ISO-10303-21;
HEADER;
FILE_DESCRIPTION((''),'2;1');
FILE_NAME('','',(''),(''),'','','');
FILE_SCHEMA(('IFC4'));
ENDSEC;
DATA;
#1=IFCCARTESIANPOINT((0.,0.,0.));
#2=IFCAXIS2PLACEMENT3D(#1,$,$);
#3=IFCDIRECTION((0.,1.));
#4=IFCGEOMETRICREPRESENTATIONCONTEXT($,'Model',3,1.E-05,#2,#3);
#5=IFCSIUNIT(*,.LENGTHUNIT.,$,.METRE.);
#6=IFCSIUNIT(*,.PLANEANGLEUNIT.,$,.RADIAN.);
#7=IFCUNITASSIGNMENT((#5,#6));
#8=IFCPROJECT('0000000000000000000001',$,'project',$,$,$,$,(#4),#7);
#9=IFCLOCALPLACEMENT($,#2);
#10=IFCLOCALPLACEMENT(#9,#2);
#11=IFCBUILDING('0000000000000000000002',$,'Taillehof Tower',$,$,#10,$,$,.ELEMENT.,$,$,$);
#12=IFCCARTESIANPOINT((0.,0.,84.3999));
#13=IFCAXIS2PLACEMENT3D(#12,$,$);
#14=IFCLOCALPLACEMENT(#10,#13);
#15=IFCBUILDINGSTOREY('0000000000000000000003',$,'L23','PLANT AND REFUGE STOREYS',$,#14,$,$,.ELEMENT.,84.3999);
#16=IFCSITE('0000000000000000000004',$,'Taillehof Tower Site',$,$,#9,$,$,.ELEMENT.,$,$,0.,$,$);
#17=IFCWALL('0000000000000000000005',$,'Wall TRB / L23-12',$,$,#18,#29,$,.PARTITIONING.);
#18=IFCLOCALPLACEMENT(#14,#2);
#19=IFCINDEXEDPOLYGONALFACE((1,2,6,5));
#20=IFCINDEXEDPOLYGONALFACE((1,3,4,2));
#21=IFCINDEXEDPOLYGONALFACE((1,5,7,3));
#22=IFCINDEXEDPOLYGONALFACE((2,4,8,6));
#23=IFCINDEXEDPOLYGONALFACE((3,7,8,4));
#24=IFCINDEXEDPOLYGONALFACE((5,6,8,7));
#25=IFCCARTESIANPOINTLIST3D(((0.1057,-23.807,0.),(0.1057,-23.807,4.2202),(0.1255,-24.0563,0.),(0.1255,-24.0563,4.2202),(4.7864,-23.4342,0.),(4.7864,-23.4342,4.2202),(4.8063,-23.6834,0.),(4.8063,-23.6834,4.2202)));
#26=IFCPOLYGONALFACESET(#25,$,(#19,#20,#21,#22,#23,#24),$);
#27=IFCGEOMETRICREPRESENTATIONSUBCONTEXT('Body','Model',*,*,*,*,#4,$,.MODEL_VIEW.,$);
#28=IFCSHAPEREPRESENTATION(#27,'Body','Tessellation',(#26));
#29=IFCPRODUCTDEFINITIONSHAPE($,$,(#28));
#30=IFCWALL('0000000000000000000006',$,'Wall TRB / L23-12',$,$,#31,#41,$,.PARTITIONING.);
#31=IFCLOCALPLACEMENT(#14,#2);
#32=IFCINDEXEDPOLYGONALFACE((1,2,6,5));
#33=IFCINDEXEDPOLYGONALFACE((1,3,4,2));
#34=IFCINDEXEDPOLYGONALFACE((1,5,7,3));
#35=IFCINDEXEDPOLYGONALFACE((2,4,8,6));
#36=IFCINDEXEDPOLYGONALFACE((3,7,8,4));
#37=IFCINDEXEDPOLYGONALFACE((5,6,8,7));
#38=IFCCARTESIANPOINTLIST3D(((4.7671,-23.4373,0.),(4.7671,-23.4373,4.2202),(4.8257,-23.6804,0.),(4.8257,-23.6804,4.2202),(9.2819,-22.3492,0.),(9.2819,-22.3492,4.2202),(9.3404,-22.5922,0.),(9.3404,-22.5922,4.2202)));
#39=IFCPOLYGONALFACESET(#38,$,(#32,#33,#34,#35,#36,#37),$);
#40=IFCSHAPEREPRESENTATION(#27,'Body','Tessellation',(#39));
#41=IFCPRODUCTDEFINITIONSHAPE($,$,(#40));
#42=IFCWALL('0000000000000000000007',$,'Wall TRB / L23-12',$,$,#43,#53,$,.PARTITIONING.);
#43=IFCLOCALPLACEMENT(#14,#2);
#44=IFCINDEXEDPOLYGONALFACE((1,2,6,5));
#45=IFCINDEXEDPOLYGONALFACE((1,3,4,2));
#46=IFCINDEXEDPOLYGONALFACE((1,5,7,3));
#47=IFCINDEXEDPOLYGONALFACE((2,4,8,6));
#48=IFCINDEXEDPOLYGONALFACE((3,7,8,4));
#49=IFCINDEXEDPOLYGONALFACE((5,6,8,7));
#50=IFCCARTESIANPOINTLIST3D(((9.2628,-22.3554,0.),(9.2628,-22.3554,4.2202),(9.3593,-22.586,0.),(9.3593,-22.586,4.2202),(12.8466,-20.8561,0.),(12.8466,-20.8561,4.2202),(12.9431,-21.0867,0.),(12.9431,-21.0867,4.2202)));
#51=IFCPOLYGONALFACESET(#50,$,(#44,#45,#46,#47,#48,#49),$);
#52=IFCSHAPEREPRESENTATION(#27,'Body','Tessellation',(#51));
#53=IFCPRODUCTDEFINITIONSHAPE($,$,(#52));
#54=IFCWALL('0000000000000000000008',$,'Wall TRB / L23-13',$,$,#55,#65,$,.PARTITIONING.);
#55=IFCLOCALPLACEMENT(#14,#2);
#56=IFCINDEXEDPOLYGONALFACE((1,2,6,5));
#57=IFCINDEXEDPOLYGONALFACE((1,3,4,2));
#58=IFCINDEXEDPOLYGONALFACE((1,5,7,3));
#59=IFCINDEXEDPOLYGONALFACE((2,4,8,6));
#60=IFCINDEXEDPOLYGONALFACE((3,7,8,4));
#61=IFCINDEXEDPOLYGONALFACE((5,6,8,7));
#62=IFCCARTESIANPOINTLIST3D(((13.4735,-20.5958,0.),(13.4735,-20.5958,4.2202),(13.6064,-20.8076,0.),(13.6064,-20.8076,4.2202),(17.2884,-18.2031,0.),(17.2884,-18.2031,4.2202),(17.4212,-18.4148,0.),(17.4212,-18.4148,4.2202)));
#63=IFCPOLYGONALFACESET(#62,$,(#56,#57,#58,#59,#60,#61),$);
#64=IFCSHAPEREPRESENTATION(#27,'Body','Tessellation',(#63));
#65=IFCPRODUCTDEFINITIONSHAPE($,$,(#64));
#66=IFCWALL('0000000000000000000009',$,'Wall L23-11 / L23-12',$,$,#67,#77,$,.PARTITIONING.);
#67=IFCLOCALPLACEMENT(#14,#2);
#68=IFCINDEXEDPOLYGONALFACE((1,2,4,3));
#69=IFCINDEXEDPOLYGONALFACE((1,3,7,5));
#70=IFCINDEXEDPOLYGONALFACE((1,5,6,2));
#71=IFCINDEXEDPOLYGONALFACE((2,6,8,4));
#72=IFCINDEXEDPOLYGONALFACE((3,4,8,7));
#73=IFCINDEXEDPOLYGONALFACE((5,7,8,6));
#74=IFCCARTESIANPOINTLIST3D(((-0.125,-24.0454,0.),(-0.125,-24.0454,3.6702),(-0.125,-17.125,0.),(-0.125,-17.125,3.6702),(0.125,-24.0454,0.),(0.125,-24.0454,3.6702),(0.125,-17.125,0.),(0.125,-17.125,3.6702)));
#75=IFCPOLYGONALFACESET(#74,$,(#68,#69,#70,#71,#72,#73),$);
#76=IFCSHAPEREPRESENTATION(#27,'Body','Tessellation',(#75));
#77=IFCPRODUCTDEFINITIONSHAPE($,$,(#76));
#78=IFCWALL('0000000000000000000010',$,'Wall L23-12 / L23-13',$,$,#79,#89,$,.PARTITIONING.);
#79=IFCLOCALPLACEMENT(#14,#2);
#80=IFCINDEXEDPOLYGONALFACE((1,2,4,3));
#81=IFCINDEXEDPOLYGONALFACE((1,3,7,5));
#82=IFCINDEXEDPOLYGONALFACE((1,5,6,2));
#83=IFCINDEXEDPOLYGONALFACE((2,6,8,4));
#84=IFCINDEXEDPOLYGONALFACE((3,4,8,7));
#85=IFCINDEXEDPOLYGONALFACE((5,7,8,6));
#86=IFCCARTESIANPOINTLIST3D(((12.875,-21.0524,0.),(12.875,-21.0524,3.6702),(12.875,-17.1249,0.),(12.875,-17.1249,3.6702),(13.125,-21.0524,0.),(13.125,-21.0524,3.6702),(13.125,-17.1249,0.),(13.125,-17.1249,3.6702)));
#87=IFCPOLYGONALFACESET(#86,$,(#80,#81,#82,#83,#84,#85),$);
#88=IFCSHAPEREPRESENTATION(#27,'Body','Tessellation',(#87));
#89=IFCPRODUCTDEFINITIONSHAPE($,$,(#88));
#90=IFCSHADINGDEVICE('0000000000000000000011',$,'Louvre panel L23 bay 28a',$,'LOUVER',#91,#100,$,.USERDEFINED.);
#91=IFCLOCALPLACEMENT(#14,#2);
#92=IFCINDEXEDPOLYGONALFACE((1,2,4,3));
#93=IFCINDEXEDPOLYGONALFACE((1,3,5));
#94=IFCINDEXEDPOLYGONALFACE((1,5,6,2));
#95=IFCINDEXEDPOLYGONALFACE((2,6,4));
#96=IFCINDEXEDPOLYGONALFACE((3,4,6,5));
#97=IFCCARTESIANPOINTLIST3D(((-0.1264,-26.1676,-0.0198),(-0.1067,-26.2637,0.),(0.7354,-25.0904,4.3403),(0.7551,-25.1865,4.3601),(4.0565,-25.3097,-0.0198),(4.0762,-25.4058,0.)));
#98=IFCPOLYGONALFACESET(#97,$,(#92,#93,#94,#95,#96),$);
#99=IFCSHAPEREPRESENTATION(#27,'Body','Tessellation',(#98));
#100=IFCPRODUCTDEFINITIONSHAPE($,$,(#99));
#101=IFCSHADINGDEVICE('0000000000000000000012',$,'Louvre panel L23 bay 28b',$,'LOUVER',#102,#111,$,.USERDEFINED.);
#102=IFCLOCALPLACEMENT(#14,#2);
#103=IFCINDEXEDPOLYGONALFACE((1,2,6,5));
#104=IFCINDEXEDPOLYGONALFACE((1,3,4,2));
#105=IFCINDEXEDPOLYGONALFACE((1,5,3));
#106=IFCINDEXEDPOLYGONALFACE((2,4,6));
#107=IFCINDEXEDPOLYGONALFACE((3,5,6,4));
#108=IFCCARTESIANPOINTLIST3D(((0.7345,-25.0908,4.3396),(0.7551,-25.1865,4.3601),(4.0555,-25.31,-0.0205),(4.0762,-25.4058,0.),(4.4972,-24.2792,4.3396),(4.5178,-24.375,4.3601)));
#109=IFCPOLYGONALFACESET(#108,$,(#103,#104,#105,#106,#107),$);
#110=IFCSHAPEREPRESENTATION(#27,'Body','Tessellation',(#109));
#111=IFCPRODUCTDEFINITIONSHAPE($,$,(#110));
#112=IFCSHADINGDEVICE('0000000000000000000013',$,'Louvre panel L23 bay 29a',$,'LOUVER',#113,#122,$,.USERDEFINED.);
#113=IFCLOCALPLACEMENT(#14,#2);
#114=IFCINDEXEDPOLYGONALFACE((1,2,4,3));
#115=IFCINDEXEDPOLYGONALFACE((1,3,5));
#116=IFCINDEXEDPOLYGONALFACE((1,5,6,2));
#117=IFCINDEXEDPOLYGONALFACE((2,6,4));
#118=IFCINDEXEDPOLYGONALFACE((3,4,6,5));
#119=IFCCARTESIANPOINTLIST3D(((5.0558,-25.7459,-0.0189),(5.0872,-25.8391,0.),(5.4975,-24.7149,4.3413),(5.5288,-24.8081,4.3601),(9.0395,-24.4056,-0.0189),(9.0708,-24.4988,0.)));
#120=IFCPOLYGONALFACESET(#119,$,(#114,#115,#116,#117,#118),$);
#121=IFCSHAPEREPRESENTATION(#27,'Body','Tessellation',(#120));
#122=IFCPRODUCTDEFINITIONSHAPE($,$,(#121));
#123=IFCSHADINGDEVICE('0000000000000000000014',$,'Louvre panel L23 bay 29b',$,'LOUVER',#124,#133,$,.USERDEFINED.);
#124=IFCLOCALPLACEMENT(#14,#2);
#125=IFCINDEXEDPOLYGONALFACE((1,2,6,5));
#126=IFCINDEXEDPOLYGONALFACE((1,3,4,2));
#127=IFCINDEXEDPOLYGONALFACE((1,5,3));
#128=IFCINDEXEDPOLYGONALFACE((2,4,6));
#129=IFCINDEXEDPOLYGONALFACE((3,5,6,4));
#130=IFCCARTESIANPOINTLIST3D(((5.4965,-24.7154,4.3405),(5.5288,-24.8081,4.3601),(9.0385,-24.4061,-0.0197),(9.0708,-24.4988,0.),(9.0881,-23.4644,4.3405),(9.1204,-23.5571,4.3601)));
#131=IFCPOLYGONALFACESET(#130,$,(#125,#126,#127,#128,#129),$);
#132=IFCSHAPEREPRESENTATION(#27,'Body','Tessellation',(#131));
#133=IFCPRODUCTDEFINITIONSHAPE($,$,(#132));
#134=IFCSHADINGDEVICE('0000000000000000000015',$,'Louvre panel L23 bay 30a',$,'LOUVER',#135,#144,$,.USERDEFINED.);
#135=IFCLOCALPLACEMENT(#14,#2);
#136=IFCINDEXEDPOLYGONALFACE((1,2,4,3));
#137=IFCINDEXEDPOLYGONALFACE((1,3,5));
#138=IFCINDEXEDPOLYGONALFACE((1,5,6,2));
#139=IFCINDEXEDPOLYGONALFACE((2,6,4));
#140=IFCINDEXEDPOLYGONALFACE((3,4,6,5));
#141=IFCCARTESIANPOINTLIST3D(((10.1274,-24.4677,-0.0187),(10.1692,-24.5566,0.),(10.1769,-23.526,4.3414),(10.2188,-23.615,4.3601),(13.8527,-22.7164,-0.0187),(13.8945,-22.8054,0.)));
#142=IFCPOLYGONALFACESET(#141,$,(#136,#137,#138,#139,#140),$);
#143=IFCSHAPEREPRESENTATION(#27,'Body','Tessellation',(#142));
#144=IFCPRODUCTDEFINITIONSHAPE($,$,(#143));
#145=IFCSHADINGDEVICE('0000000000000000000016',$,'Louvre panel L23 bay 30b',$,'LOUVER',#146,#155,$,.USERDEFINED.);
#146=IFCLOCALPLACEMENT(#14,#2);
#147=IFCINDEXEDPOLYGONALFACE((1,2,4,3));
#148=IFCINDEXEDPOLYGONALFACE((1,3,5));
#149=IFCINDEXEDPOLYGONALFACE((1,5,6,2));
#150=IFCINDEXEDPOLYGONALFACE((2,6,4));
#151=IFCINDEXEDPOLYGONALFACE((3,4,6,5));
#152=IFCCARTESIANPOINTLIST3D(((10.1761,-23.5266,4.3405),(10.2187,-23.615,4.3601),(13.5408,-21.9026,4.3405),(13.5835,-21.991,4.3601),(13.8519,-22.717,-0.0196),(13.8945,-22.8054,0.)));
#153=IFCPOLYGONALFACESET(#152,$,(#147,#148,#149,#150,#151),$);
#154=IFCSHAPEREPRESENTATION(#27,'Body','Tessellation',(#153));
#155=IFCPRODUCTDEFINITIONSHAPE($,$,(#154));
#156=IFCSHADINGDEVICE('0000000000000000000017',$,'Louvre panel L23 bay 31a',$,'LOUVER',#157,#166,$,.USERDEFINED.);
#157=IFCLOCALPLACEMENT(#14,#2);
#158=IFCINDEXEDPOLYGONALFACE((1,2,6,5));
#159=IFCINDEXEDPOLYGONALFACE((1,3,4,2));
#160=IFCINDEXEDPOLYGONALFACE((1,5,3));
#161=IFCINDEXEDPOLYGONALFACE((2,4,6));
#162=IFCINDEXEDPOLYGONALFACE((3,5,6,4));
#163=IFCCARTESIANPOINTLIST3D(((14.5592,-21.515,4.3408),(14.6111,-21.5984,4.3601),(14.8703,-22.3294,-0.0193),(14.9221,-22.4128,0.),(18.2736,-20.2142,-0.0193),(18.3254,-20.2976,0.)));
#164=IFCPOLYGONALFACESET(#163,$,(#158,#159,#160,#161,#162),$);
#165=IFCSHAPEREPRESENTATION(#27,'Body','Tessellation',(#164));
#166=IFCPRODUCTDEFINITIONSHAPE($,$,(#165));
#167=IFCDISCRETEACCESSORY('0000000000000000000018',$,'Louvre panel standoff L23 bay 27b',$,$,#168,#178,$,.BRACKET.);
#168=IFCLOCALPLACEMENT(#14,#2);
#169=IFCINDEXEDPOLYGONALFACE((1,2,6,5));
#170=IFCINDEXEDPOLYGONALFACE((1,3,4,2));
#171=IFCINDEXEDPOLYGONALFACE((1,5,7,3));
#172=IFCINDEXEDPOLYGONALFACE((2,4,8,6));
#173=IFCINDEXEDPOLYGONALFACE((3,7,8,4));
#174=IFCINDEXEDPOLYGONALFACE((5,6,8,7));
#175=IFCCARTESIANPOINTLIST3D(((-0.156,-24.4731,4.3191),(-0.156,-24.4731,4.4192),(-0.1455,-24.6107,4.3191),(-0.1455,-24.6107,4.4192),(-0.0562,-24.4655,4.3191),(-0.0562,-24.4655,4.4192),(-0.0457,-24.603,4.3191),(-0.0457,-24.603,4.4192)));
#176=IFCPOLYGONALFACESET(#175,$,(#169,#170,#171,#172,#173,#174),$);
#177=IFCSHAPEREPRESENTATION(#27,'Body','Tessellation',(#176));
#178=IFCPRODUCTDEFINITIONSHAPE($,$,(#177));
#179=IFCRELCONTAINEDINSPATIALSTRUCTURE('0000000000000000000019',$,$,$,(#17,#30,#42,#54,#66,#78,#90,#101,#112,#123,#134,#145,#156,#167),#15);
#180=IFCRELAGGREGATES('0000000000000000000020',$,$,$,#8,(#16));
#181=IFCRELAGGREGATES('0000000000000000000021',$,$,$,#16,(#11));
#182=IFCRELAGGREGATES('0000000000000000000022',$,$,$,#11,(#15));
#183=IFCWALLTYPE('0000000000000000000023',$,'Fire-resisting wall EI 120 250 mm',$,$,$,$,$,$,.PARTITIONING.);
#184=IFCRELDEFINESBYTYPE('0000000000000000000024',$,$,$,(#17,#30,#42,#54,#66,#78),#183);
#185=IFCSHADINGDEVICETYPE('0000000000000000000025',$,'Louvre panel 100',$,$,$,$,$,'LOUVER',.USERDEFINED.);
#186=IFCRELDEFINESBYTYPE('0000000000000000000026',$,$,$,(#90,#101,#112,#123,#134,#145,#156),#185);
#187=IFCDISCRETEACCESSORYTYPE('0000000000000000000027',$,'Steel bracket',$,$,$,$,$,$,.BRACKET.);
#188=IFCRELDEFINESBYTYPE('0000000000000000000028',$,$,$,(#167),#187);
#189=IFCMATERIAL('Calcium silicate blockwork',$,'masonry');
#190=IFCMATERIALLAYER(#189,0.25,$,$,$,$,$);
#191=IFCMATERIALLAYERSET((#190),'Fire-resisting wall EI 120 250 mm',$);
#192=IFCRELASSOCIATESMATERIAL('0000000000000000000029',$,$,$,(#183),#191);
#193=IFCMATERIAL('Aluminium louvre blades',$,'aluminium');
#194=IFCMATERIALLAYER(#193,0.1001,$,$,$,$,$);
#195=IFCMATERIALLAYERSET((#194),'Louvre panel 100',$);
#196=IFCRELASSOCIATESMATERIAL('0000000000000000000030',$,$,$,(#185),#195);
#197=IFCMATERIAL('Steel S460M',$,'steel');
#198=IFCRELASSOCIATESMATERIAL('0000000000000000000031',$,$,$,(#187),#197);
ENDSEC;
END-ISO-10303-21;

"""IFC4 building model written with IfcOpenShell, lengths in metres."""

from ifc_helpers import new_model, si_unit, direction, frame, frame_2d, origin, origin_2d, place, context, subcontext, project, spatial, polyline, rectangle, outline, extrude, material, layer, layer_set, type_object, element, save


model = new_model("IFC4")

# Units and contexts
model_context = context("Model", 3, precision=1e-05, world=origin(), true_north=direction((0.0, 1.0)))
body_context = subcontext(model_context, "Body", "Model", "MODEL_VIEW")
ifc_project = project(units=[si_unit("LENGTHUNIT", "METRE"), si_unit("PLANEANGLEUNIT", "RADIAN")], contexts=[model_context])

# Site, building, storey
site_placement = place(None, origin())
site = spatial("IfcSite", under=ifc_project, at=site_placement, Name="Taillehof Tower Site", CompositionType="ELEMENT", RefElevation=0.0)
building_placement = place(site_placement, origin())
building = spatial("IfcBuilding", under=site, at=building_placement, Name="Taillehof Tower", CompositionType="ELEMENT")
storey_placement = place(building_placement, frame((0.0, 0.0, 84.3999)))
storey = spatial("IfcBuildingStorey", under=building, at=storey_placement, Name="L23", Description="PLANT AND REFUGE STOREYS", CompositionType="ELEMENT", Elevation=84.3999)

# Walls
ifc_material_1 = material(Name="Calcium silicate blockwork", Category="masonry")
ifc_layer_1 = layer(ifc_material_1, 0.25)
ifc_layer_set_1 = layer_set([ifc_layer_1], Name="Fire-resisting wall EI 120 250 mm")
wall_type = type_object("IfcWallType", Name="Fire-resisting wall EI 120 250 mm", PredefinedType="PARTITIONING", material=ifc_layer_set_1)
wall_1_placement = place(storey_placement, frame((0.1157, -23.9316, 0.0), z_axis=(0.0, 0.0, 1.0), x_axis=(0.996843, 0.079396, 0.0)))
element("IfcWall", 1, at=wall_1_placement, inside=storey, type_object=wall_type, Name="Wall TRB / L23-12", PredefinedType="PARTITIONING", context=body_context, shape_type="SweptSolid", body=[
    extrude(rectangle(XDim=4.6956, YDim=0.25, at=frame_2d((2.3477, 0.0))), origin(), (0.0, 0.0, 1.0), 4.2202),
])
wall_2_placement = place(storey_placement, frame((4.7964, -23.5588, 0.0), z_axis=(0.0, 0.0, 1.0), x_axis=(0.972161, 0.234313, 0.0)))
element("IfcWall", 2, at=wall_2_placement, inside=storey, type_object=wall_type, Name="Wall TRB / L23-12", PredefinedType="PARTITIONING", context=body_context, shape_type="SweptSolid", body=[
    extrude(rectangle(XDim=4.644, YDim=0.25, at=frame_2d((2.322, 0.0))), origin(), (0.0, 0.0, 1.0), 4.2202),
])
wall_3_placement = place(storey_placement, frame((9.311, -22.4707, 0.0), z_axis=(0.0, 0.0, 1.0), x_axis=(0.922524, 0.38594, 0.0)))
element("IfcWall", 3, at=wall_3_placement, inside=storey, type_object=wall_type, Name="Wall TRB / L23-12", PredefinedType="PARTITIONING", context=body_context, shape_type="SweptSolid", body=[
    extrude(rectangle(XDim=3.8848, YDim=0.25, at=frame_2d((1.9424, 0.0))), origin(), (0.0, 0.0, 1.0), 4.2202),
])
wall_4_placement = place(storey_placement, frame((13.54, -20.7017, 0.0), z_axis=(0.0, 0.0, 1.0), x_axis=(0.847151, 0.531353, 0.0)))
element("IfcWall", 4, at=wall_4_placement, inside=storey, type_object=wall_type, Name="Wall TRB / L23-13", PredefinedType="PARTITIONING", context=body_context, shape_type="SweptSolid", body=[
    extrude(rectangle(XDim=4.5032, YDim=0.25, at=frame_2d((2.2515, 0.0))), origin(), (0.0, 0.0, 1.0), 4.2202),
])
wall_5_placement = place(storey_placement, frame((0.0, -24.0454, 0.0), z_axis=(0.0, 0.0, 1.0), x_axis=(0.0, 1.0, 0.0)))
element("IfcWall", 5, at=wall_5_placement, inside=storey, type_object=wall_type, Name="Wall L23-11 / L23-12", PredefinedType="PARTITIONING", context=body_context, shape_type="SweptSolid", body=[
    extrude(rectangle(XDim=6.9204, YDim=0.25, at=frame_2d((3.4602, 0.0))), origin(), (0.0, 0.0, 1.0), 3.6702),
])
wall_6_placement = place(storey_placement, frame((13.0, -21.0525, 0.0), z_axis=(0.0, 0.0, 1.0), x_axis=(0.0, 1.0, 0.0)))
element("IfcWall", 6, at=wall_6_placement, inside=storey, type_object=wall_type, Name="Wall L23-12 / L23-13", PredefinedType="PARTITIONING", context=body_context, shape_type="SweptSolid", body=[
    extrude(rectangle(XDim=3.9275, YDim=0.25, at=frame_2d((1.9639, 0.0))), origin(), (0.0, 0.0, 1.0), 3.6702),
])

# Shading devices
ifc_material_2 = material(Name="Aluminium louvre blades", Category="aluminium")
ifc_layer_2 = layer(ifc_material_2, 0.1001)
ifc_layer_set_2 = layer_set([ifc_layer_2], Name="Louvre panel 100")
shading_device_type = type_object("IfcShadingDeviceType", Name="Louvre panel 100", ElementType="LOUVER", PredefinedType="USERDEFINED", material=ifc_layer_set_2)
shading_device_1_placement = place(storey_placement, frame((-0.1067, -26.2637, 0.0), z_axis=(0.19693, -0.960158, 0.198279), x_axis=(0.979608, 0.200919, 0.0)))
element("IfcShadingDevice", 7, at=shading_device_1_placement, inside=storey, type_object=shading_device_type, Name="Louvre panel L23 bay 28a", ObjectType="LOUVER", PredefinedType="USERDEFINED", context=body_context, shape_type="SweptSolid", body=[
    extrude(outline(polyline([(0.0, 0.0), (4.2699, 0.0), (1.0607, 4.4484), (0.0, 0.0)])), origin(), (0.0, 0.0, -1.0), 0.1001),
])
shading_device_2_placement = place(storey_placement, frame((4.0762, -25.4058, 0.0), z_axis=(0.206339, -0.956707, 0.205272), x_axis=(0.098101, 0.228956, 0.968481)))
element("IfcShadingDevice", 8, at=shading_device_2_placement, inside=storey, type_object=shading_device_type, Name="Louvre panel L23 bay 28b", ObjectType="LOUVER", PredefinedType="USERDEFINED", context=body_context, shape_type="SweptSolid", body=[
    extrude(outline(polyline([(0.0, 0.0), (4.502, 0.0), (3.9471, 3.809), (0.0, 0.0)])), origin(), (0.0, 0.0, -1.0), 0.1001),
])
shading_device_3_placement = place(storey_placement, frame((5.0872, -25.8391, 0.0), z_axis=(0.313183, -0.930821, 0.188382), x_axis=(0.947791, 0.318893, 0.0)))
element("IfcShadingDevice", 9, at=shading_device_3_placement, inside=storey, type_object=shading_device_type, Name="Louvre panel L23 bay 29a", ObjectType="LOUVER", PredefinedType="USERDEFINED", context=body_context, shape_type="SweptSolid", body=[
    extrude(outline(polyline([(0.0, 0.0), (4.2031, 0.0), (0.7474, 4.4396), (0.0, 0.0)])), origin(), (0.0, 0.0, -1.0), 0.1001),
])
shading_device_4_placement = place(storey_placement, frame((9.0708, -24.4988, 0.0), z_axis=(0.322528, -0.925978, 0.196317), x_axis=(0.01111, 0.211089, 0.977404)))
element("IfcShadingDevice", 10, at=shading_device_4_placement, inside=storey, type_object=shading_device_type, Name="Louvre panel L23 bay 29b", ObjectType="LOUVER", PredefinedType="USERDEFINED", context=body_context, shape_type="SweptSolid", body=[
    extrude(outline(polyline([(0.0, 0.0), (4.4609, 0.0), (4.1569, 3.791), (0.0, 0.0)])), origin(), (0.0, 0.0, -1.0), 0.1001),
])
shading_device_5_placement = place(storey_placement, frame((10.1692, -24.5566, 0.0), z_axis=(0.417899, -0.888988, 0.187244), x_axis=(0.904995, 0.425423, 0.0)))
element("IfcShadingDevice", 11, at=shading_device_5_placement, inside=storey, type_object=shading_device_type, Name="Louvre panel L23 bay 30a", ObjectType="LOUVER", PredefinedType="USERDEFINED", context=body_context, shape_type="SweptSolid", body=[
    extrude(outline(polyline([(0.0, 0.0), (4.1164, 0.0), (0.4455, 4.4386), (0.0, 0.0)])), origin(), (0.0, 0.0, -1.0), 0.1001),
])
shading_device_6_placement = place(storey_placement, frame((13.8945, -22.8054, 0.0), z_axis=(0.426297, -0.883228, 0.195395), x_axis=(-0.069952, 0.183171, 0.980589)))
element("IfcShadingDevice", 12, at=shading_device_6_placement, inside=storey, type_object=shading_device_type, Name="Louvre panel L23 bay 30b", ObjectType="LOUVER", PredefinedType="USERDEFINED", context=body_context, shape_type="SweptSolid", body=[
    extrude(outline(polyline([(0.0, 0.0), (4.4464, 0.0), (4.3843, 3.7357), (0.0, 0.0)])), origin(), (0.0, 0.0, -1.0), 0.1001),
])
shading_device_7_placement = place(storey_placement, frame((14.9221, -22.4128, 0.0), z_axis=(0.517986, -0.833417, 0.192631), x_axis=(0.849324, 0.527872, 0.0)))
element("IfcShadingDevice", 13, at=shading_device_7_placement, inside=storey, type_object=shading_device_type, Name="Louvre panel L23 bay 31a", ObjectType="LOUVER", PredefinedType="USERDEFINED", context=body_context, shape_type="SweptSolid", body=[
    extrude(outline(polyline([(0.0, 0.0), (4.0071, 0.0), (0.1658, 4.4433), (0.0, 0.0)])), origin(), (0.0, 0.0, -1.0), 0.1001),
])

# Discrete accessory
ifc_material_3 = material(Name="Steel S460M", Category="steel")
discrete_accessory_type_1 = type_object("IfcDiscreteAccessoryType", Name="Steel bracket", PredefinedType="BRACKET", material=ifc_material_3)
discrete_accessory_placement = place(storey_placement, frame((-0.1008, -24.5381, 4.3191), z_axis=(0.0, 0.0, 1.0), x_axis=(0.076442, -0.997074, 0.0)))
element("IfcDiscreteAccessory", 14, at=discrete_accessory_placement, inside=storey, type_object=discrete_accessory_type_1, Name="Louvre panel standoff L23 bay 27b", PredefinedType="BRACKET", context=body_context, shape_type="SweptSolid", body=[
    extrude(rectangle(XDim=0.1379, YDim=0.1001, at=origin_2d()), origin(), (0.0, 0.0, 1.0), 0.1001),
])

save(model, "model.ifc")
